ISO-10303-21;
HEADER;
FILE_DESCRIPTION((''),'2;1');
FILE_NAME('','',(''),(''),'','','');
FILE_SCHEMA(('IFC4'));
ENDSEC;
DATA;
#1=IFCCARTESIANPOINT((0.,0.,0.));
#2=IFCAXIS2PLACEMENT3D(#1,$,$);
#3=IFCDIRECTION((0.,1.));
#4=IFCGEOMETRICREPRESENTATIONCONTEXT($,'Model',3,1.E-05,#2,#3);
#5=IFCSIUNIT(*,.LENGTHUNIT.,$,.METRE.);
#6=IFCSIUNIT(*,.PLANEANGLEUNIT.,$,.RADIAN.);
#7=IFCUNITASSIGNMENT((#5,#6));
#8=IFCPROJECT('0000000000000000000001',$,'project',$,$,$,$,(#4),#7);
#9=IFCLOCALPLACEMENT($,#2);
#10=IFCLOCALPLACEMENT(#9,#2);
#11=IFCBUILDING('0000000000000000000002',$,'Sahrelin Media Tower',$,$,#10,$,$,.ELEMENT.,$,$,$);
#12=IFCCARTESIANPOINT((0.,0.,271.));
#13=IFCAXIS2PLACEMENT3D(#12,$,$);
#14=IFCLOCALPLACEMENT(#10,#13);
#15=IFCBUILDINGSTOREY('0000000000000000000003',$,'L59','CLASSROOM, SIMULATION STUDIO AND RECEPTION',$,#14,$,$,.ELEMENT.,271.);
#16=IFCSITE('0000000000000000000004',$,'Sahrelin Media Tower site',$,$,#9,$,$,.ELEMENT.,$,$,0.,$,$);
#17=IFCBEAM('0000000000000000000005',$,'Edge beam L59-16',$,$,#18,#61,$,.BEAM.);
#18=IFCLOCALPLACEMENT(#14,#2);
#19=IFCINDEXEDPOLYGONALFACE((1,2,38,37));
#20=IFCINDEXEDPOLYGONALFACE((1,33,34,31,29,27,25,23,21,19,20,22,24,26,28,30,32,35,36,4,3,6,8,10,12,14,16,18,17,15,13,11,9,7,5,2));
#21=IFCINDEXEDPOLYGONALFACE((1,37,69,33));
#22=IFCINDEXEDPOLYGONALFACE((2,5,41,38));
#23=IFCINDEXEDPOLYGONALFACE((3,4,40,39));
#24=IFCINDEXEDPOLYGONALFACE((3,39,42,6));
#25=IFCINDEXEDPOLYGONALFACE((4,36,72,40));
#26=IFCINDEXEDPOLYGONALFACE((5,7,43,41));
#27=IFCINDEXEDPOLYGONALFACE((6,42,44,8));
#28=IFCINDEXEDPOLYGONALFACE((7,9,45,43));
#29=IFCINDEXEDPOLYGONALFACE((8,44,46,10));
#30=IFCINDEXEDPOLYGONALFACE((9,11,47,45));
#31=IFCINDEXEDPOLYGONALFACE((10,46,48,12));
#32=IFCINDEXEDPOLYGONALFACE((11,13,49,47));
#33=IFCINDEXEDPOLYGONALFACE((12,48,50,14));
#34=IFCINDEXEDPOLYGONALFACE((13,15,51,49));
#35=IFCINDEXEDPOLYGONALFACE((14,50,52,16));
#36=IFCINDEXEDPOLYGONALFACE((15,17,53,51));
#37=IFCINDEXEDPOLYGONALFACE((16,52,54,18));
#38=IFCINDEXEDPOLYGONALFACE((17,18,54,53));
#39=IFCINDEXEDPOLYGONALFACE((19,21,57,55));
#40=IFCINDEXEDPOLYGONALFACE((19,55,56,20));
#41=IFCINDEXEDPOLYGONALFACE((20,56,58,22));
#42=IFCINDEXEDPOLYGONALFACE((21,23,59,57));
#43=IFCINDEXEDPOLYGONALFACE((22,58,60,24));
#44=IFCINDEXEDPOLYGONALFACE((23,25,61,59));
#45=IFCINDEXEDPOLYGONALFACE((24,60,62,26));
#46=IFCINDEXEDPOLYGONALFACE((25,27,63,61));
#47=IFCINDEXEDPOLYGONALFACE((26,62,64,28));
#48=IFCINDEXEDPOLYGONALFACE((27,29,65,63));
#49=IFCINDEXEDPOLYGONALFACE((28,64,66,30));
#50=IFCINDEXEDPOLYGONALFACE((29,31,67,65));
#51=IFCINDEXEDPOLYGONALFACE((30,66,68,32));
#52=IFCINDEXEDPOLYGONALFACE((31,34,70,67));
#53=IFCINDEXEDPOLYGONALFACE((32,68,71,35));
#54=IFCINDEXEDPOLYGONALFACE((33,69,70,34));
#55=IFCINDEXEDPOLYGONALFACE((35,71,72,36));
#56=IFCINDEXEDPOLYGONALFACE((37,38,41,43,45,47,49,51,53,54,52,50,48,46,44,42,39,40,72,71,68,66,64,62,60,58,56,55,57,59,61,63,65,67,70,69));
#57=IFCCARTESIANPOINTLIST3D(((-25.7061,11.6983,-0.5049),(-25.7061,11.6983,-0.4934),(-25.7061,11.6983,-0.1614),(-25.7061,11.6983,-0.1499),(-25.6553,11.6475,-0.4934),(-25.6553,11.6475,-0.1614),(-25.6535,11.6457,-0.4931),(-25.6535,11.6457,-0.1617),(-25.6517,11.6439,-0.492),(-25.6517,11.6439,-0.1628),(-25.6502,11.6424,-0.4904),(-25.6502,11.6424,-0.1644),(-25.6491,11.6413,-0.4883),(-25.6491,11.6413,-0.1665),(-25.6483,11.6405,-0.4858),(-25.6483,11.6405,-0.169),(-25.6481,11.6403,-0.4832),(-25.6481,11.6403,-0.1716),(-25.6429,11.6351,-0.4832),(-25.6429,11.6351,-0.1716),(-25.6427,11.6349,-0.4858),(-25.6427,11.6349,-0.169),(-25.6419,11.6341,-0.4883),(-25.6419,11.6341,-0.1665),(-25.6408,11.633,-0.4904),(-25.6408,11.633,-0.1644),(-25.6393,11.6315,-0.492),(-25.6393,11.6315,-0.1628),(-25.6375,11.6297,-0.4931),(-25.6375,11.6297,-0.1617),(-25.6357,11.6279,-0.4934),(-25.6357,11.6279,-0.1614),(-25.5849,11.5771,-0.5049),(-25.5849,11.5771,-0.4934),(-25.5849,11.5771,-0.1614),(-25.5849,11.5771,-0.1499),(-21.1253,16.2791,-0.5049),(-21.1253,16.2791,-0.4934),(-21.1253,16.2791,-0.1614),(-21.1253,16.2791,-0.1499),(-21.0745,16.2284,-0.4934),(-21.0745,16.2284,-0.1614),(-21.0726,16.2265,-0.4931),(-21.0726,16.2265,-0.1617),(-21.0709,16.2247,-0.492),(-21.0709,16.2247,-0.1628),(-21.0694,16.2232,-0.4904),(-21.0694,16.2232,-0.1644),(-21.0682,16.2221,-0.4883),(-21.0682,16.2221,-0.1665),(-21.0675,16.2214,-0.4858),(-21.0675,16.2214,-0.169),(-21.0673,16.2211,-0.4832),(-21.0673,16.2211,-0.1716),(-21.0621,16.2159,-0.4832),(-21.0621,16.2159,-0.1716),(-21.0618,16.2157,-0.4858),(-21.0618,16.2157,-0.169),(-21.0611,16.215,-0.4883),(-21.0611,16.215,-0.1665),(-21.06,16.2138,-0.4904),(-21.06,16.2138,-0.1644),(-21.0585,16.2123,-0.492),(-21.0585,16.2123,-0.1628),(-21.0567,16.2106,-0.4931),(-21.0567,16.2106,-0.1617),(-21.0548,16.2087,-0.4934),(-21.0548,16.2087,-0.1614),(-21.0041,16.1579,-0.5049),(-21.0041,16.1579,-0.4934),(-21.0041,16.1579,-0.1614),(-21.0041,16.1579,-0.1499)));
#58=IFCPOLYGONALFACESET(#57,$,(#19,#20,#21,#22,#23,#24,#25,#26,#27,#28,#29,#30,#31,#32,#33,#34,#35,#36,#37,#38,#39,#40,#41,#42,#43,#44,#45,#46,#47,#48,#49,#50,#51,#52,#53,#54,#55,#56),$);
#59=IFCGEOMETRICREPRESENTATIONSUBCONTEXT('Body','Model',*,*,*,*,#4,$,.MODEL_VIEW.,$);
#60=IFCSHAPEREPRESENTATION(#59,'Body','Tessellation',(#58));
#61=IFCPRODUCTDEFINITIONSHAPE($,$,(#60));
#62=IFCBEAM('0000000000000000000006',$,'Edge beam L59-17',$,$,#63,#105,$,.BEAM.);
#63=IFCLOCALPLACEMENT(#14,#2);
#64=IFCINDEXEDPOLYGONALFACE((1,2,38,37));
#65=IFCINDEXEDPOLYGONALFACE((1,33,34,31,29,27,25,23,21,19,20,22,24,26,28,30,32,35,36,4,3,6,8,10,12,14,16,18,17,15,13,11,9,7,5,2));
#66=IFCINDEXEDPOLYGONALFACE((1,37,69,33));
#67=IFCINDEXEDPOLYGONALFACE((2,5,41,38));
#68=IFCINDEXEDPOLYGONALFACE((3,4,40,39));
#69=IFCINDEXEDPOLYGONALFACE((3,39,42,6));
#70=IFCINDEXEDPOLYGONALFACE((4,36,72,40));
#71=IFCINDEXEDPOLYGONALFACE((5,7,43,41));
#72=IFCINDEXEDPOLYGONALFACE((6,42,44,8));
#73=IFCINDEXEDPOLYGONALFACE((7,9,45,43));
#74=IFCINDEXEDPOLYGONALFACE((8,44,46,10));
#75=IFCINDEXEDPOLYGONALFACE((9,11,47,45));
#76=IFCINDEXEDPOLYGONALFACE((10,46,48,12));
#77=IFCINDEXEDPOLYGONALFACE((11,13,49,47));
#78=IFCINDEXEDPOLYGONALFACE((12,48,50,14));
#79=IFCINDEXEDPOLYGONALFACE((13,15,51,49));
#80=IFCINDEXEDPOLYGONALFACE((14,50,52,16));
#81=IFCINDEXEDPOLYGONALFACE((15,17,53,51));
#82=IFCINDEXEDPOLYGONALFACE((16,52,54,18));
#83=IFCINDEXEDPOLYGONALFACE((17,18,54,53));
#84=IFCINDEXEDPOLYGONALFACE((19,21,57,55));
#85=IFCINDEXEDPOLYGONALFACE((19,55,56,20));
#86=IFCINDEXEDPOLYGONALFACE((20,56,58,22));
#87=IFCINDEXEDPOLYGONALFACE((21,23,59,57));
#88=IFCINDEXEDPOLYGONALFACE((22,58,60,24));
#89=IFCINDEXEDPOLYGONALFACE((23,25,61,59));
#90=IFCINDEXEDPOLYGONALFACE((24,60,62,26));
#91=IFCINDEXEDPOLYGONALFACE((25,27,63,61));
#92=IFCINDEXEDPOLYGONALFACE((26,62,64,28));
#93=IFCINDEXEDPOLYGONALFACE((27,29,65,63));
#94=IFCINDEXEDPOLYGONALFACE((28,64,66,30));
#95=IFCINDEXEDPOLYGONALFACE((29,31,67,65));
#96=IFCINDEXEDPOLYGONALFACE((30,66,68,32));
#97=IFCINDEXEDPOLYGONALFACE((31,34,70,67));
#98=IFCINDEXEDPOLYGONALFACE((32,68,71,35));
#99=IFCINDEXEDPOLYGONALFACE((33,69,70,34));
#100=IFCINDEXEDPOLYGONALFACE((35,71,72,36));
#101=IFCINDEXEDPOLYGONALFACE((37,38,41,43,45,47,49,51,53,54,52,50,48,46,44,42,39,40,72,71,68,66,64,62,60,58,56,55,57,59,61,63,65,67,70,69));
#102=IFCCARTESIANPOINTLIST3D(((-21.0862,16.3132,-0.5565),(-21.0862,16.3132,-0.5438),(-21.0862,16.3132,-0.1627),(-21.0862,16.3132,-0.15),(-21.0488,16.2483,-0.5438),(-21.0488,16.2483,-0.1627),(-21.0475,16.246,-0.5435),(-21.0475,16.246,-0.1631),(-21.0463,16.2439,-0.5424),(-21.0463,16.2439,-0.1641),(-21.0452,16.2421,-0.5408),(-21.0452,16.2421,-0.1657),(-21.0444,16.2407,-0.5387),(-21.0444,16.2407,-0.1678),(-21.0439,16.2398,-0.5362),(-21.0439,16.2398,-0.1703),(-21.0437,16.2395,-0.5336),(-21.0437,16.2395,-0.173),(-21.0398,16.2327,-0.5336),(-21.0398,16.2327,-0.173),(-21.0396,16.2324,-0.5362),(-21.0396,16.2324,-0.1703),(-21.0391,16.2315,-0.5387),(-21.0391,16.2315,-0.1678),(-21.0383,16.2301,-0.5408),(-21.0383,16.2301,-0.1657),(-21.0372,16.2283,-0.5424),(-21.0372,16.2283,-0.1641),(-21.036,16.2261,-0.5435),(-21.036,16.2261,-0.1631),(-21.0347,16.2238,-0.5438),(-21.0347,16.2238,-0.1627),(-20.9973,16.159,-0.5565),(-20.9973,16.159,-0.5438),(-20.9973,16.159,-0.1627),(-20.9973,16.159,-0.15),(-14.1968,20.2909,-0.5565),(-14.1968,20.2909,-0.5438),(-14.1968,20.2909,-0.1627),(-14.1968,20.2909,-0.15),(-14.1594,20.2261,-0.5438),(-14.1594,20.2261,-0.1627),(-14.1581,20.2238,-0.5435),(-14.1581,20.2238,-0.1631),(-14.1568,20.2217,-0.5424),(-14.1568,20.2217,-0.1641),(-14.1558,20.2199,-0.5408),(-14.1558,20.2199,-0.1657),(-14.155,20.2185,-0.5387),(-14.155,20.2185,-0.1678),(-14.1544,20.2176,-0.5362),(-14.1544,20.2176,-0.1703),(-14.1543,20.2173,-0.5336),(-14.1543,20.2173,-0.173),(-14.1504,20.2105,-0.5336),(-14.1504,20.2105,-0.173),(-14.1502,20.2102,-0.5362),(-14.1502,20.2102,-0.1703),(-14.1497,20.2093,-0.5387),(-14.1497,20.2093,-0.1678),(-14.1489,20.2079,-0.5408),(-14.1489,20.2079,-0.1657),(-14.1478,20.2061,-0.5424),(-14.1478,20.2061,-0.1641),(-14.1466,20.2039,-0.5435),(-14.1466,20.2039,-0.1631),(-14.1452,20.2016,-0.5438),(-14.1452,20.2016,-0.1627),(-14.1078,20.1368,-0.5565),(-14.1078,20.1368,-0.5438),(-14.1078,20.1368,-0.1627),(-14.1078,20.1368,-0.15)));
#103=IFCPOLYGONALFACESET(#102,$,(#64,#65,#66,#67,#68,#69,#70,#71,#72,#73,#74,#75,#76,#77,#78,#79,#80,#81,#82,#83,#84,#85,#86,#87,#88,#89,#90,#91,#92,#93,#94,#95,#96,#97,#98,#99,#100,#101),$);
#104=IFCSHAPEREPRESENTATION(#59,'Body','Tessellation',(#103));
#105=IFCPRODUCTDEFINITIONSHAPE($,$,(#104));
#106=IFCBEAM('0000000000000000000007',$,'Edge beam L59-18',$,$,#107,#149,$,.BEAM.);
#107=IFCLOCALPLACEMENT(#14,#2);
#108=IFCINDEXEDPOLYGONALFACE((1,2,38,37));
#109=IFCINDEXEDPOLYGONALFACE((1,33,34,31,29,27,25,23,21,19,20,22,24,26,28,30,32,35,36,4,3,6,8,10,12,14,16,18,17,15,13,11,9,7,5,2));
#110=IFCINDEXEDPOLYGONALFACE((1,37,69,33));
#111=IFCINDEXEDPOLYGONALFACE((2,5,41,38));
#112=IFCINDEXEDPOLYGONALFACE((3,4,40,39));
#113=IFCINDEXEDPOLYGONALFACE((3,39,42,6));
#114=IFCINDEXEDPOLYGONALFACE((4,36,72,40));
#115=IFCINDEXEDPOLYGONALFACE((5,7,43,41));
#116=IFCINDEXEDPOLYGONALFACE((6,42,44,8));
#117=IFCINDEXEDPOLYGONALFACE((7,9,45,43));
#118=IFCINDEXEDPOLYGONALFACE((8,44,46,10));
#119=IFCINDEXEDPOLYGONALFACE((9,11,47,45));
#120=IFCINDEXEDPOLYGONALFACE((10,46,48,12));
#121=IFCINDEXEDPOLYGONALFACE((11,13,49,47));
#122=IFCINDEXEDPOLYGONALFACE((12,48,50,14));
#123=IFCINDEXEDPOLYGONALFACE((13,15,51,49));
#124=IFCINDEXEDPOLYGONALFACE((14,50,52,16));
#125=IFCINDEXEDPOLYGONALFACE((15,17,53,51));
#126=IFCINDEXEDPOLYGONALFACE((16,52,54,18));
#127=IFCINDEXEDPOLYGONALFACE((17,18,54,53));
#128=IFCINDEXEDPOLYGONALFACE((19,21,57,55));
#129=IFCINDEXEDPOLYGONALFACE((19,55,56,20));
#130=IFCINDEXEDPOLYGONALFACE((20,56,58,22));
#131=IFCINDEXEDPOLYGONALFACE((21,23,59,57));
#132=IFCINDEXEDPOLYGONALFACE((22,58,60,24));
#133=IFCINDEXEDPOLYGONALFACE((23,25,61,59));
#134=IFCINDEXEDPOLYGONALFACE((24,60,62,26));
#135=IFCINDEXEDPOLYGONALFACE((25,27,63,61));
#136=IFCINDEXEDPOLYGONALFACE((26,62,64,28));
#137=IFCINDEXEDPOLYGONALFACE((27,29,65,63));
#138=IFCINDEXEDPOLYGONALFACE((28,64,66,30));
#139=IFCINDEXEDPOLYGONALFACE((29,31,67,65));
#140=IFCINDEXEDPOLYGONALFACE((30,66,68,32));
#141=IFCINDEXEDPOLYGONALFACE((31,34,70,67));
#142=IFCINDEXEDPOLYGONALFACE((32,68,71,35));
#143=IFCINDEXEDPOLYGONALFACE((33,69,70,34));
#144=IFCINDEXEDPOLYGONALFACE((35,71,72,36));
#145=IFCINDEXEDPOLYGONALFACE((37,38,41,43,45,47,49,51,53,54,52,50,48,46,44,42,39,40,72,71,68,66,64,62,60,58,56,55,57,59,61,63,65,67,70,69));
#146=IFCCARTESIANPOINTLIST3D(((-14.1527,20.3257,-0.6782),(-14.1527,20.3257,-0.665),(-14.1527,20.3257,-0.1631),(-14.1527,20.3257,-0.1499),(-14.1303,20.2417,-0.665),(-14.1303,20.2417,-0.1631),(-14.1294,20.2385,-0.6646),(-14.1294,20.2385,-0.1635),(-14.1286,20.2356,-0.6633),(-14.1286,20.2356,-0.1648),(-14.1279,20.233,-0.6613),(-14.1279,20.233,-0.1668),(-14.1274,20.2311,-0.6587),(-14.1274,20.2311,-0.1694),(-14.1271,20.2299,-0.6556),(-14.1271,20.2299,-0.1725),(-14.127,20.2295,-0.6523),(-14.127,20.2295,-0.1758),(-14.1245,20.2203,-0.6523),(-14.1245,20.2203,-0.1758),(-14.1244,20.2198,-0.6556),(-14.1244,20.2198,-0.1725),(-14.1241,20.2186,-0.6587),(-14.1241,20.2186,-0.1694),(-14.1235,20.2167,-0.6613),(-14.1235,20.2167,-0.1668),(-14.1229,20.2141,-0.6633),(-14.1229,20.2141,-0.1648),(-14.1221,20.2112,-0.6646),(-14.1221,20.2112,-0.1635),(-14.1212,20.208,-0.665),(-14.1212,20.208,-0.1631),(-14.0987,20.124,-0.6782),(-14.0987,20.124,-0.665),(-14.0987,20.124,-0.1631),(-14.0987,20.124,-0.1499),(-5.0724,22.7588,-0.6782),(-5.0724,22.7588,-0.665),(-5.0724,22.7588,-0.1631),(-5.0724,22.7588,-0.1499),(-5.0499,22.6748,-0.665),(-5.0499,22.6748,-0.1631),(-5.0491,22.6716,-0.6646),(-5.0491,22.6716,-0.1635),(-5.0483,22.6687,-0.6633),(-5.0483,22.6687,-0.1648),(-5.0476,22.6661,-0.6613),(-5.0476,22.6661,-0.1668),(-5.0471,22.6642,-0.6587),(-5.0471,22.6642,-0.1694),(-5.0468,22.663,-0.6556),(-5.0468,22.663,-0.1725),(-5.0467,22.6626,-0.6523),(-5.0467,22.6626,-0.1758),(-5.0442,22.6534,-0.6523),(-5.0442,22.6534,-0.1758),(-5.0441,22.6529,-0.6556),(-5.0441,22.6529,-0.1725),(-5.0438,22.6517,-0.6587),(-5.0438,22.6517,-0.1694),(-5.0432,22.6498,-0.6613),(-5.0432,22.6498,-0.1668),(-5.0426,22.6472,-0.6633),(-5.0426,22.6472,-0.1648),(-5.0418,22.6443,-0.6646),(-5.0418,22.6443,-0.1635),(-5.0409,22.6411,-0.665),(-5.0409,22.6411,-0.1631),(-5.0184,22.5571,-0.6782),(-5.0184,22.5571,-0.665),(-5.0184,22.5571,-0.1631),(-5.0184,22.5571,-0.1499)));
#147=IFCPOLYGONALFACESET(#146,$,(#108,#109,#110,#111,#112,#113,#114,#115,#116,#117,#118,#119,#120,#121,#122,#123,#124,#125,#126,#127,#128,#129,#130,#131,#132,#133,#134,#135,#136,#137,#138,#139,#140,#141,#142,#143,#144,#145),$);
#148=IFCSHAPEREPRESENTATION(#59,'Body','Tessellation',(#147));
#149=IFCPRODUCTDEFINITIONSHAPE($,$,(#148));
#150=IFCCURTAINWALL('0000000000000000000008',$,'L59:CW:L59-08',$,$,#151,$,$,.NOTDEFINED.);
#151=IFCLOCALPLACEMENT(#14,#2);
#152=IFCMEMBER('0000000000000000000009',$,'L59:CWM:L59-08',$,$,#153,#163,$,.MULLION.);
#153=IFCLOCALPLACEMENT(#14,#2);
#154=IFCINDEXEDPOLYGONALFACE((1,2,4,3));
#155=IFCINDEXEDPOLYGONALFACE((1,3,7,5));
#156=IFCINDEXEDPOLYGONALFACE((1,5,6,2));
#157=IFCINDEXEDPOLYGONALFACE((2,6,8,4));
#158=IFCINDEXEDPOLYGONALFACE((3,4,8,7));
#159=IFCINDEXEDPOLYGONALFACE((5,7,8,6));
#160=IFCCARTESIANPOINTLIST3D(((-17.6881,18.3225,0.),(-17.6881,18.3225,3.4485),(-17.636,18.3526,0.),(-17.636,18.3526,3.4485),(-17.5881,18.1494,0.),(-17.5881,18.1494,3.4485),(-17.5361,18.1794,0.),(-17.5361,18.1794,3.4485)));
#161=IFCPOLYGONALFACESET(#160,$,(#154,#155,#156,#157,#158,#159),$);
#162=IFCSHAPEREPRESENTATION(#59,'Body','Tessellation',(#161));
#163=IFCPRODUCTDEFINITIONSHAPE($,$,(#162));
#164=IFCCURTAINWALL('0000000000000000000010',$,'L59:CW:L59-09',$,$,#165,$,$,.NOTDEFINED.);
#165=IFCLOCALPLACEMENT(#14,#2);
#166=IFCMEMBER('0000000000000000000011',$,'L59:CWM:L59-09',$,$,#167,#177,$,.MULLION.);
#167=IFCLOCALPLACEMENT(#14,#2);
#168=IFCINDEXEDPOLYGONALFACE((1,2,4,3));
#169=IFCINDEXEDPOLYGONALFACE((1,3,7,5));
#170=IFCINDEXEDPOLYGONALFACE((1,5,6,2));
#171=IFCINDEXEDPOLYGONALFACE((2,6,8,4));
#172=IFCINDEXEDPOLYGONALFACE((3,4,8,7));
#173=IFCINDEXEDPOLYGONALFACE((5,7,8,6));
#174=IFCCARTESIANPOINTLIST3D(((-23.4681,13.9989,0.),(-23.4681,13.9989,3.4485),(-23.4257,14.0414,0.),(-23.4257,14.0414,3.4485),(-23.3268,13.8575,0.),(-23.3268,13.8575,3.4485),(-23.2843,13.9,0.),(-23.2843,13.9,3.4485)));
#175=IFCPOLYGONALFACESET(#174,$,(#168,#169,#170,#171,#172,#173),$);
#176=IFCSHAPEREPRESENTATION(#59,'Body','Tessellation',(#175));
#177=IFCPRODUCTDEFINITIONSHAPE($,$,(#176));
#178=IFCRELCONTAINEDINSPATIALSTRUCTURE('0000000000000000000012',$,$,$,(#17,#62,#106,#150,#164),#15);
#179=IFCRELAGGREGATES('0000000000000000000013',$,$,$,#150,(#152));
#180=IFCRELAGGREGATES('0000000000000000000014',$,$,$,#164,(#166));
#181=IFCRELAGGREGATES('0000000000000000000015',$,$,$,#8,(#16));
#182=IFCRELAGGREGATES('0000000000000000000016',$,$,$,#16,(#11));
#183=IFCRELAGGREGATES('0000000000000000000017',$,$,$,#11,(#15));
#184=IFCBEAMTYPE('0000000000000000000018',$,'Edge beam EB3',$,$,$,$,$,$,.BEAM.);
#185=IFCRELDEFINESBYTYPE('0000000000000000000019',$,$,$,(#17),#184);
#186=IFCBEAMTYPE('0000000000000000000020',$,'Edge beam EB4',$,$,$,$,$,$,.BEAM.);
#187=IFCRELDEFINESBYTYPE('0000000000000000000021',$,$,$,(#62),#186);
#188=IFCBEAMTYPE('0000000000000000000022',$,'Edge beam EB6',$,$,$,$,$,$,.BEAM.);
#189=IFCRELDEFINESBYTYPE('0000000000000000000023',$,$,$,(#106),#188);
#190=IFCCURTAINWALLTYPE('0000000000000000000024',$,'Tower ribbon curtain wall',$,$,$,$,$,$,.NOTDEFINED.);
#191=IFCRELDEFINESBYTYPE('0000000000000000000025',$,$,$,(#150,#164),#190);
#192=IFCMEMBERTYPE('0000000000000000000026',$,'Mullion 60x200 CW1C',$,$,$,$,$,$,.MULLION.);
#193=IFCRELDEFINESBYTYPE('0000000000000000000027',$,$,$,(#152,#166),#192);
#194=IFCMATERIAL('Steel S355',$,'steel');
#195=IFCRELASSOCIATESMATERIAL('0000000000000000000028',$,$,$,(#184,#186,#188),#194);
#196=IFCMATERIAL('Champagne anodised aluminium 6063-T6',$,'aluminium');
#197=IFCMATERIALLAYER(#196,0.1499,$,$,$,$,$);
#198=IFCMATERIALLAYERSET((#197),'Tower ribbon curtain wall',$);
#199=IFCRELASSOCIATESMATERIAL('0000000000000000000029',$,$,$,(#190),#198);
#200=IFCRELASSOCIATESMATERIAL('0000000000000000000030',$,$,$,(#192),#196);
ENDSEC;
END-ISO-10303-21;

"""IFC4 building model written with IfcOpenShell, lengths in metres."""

from ifc_helpers import new_model, si_unit, direction, frame, origin, origin_2d, place, context, subcontext, project, spatial, rectangle, i_section, extrude, material, layer, layer_set, material_profile, profile_set, type_object, element, aggregate, save


model = new_model("IFC4")

# Units and contexts
model_context = context("Model", 3, precision=1e-05, world=origin(), true_north=direction((0.0, 1.0)))
body_context = subcontext(model_context, "Body", "Model", "MODEL_VIEW")
ifc_project = project(units=[si_unit("LENGTHUNIT", "METRE"), si_unit("PLANEANGLEUNIT", "RADIAN")], contexts=[model_context])

# Site, building, storey
site_placement = place(None, origin())
site = spatial("IfcSite", under=ifc_project, at=site_placement, Name="Sahrelin Media Tower site", CompositionType="ELEMENT", RefElevation=0.0)
building_placement = place(site_placement, origin())
building = spatial("IfcBuilding", under=site, at=building_placement, Name="Sahrelin Media Tower", CompositionType="ELEMENT")
storey_placement = place(building_placement, frame((0.0, 0.0, 271.0)))
storey = spatial("IfcBuildingStorey", under=building, at=storey_placement, Name="L59", Description="CLASSROOM, SIMULATION STUDIO AND RECEPTION", CompositionType="ELEMENT", Elevation=271.0)

# Beams
ifc_material_1 = material(Name="Steel S355", Category="steel")
ifc_material_profile_1 = material_profile(ifc_material_1, i_section(OverallWidth=0.1714, OverallDepth=0.355, WebThickness=0.0073, FlangeThickness=0.0115, FilletRadius=0.0103, at=origin_2d()), Name="UB 356x171x51")
ifc_profile_set_1 = profile_set([ifc_material_profile_1], Name="Steel S355")
beam_type_1 = type_object("IfcBeamType", Name="Edge beam EB3", PredefinedType="BEAM", material=ifc_profile_set_1)
beam_1_placement = place(storey_placement, frame((-25.6455, 11.6377, -0.3274), z_axis=(0.707107, 0.707107, 0.0), x_axis=(-0.707107, 0.707107, 0.0)))
element("IfcBeam", 1, at=beam_1_placement, inside=storey, type_object=beam_type_1, Name="Edge beam L59-16", PredefinedType="BEAM", context=body_context, shape_type="SweptSolid", body=[
    extrude(i_section(OverallWidth=0.1714, OverallDepth=0.355, WebThickness=0.0073, FlangeThickness=0.0115, FilletRadius=0.0103, at=origin_2d()), origin(), (0.0, 0.0, 1.0), 6.4783),
])
ifc_material_profile_2 = material_profile(ifc_material_1, i_section(OverallWidth=0.178, OverallDepth=0.4065, WebThickness=0.0078, FlangeThickness=0.0127, FilletRadius=0.0103, at=origin_2d()), Name="UB 406x178x60")
ifc_profile_set_2 = profile_set([ifc_material_profile_2], Name="Steel S355")
beam_type_2 = type_object("IfcBeamType", Name="Edge beam EB4", PredefinedType="BEAM", material=ifc_profile_set_2)
beam_2_placement = place(storey_placement, frame((-21.0417, 16.2361, -0.3533), z_axis=(0.866015, 0.500017, 0.0), x_axis=(-0.500017, 0.866015, 0.0)))
element("IfcBeam", 2, at=beam_2_placement, inside=storey, type_object=beam_type_2, Name="Edge beam L59-17", PredefinedType="BEAM", context=body_context, shape_type="SweptSolid", body=[
    extrude(i_section(OverallWidth=0.178, OverallDepth=0.4065, WebThickness=0.0078, FlangeThickness=0.0127, FilletRadius=0.0103, at=origin_2d()), origin(), (0.0, 0.0, 1.0), 7.9553),
])
ifc_material_profile_3 = material_profile(ifc_material_1, i_section(OverallWidth=0.2087, OverallDepth=0.5283, WebThickness=0.0095, FlangeThickness=0.0132, FilletRadius=0.0127, at=origin_2d()), Name="UB 533x210x82")
ifc_profile_set_3 = profile_set([ifc_material_profile_3], Name="Steel S355")
beam_type_3 = type_object("IfcBeamType", Name="Edge beam EB6", PredefinedType="BEAM", material=ifc_profile_set_3)
beam_3_placement = place(storey_placement, frame((-14.1257, 20.2249, -0.4141), z_axis=(0.965925, 0.258823, 0.0), x_axis=(-0.258823, 0.965925, 0.0)))
element("IfcBeam", 3, at=beam_3_placement, inside=storey, type_object=beam_type_3, Name="Edge beam L59-18", PredefinedType="BEAM", context=body_context, shape_type="SweptSolid", body=[
    extrude(i_section(OverallWidth=0.2087, OverallDepth=0.5283, WebThickness=0.0095, FlangeThickness=0.0132, FilletRadius=0.0127, at=origin_2d()), origin(), (0.0, 0.0, 1.0), 9.4006),
])

# Curtain walls, members
ifc_material_2 = material(Name="Champagne anodised aluminium 6063-T6", Category="aluminium")
ifc_layer_1 = layer(ifc_material_2, 0.1499)
ifc_layer_set_1 = layer_set([ifc_layer_1], Name="Tower ribbon curtain wall")
curtain_wall_type = type_object("IfcCurtainWallType", Name="Tower ribbon curtain wall", PredefinedType="NOTDEFINED", material=ifc_layer_set_1)
curtain_wall_1_placement = place(storey_placement, frame((-17.6721, 18.3547, 0.0), z_axis=(0.0, 0.0, 1.0), x_axis=(1.0, 0.0, 0.0)))
curtain_wall_1 = element("IfcCurtainWall", 4, at=curtain_wall_1_placement, inside=storey, type_object=curtain_wall_type, Name="L59:CW:L59-08", PredefinedType="NOTDEFINED")
ifc_material_profile_4 = material_profile(ifc_material_2, rectangle(XDim=0.0601, YDim=0.2, at=origin_2d()), Name="Mullion 60x200")
ifc_profile_set_4 = profile_set([ifc_material_profile_4], Name="Champagne anodised aluminium 6063-T6")
member_type_1 = type_object("IfcMemberType", Name="Mullion 60x200 CW1C", PredefinedType="MULLION", material=ifc_profile_set_4)
member_1_placement = place(storey_placement, frame((-17.6121, 18.251, 0.0), z_axis=(0.0, 0.0, 1.0), x_axis=(-0.866028, -0.499995, 0.0)))
member_1 = element("IfcMember", 5, at=member_1_placement, type_object=member_type_1, Name="L59:CWM:L59-08", PredefinedType="MULLION", context=body_context, shape_type="SweptSolid", body=[
    extrude(rectangle(XDim=0.0601, YDim=0.2, at=origin_2d()), origin(), (0.0, 0.0, 1.0), 3.4485),
])
curtain_wall_2_placement = place(storey_placement, frame((-23.4612, 14.0342, 0.0), z_axis=(0.0, 0.0, 1.0), x_axis=(1.0, 0.0, 0.0)))
curtain_wall_2 = element("IfcCurtainWall", 6, at=curtain_wall_2_placement, inside=storey, type_object=curtain_wall_type, Name="L59:CW:L59-09", PredefinedType="NOTDEFINED")
member_2_placement = place(storey_placement, frame((-23.3762, 13.9495, 0.0), z_axis=(0.0, 0.0, 1.0), x_axis=(-0.707114, -0.707099, 0.0)))
member_2 = element("IfcMember", 7, at=member_2_placement, type_object=member_type_1, Name="L59:CWM:L59-09", PredefinedType="MULLION", context=body_context, shape_type="SweptSolid", body=[
    extrude(rectangle(XDim=0.0601, YDim=0.2, at=origin_2d()), origin(), (0.0, 0.0, 1.0), 3.4485),
])

aggregate(curtain_wall_1, [member_1])
aggregate(curtain_wall_2, [member_2])

save(model, "model.ifc")
